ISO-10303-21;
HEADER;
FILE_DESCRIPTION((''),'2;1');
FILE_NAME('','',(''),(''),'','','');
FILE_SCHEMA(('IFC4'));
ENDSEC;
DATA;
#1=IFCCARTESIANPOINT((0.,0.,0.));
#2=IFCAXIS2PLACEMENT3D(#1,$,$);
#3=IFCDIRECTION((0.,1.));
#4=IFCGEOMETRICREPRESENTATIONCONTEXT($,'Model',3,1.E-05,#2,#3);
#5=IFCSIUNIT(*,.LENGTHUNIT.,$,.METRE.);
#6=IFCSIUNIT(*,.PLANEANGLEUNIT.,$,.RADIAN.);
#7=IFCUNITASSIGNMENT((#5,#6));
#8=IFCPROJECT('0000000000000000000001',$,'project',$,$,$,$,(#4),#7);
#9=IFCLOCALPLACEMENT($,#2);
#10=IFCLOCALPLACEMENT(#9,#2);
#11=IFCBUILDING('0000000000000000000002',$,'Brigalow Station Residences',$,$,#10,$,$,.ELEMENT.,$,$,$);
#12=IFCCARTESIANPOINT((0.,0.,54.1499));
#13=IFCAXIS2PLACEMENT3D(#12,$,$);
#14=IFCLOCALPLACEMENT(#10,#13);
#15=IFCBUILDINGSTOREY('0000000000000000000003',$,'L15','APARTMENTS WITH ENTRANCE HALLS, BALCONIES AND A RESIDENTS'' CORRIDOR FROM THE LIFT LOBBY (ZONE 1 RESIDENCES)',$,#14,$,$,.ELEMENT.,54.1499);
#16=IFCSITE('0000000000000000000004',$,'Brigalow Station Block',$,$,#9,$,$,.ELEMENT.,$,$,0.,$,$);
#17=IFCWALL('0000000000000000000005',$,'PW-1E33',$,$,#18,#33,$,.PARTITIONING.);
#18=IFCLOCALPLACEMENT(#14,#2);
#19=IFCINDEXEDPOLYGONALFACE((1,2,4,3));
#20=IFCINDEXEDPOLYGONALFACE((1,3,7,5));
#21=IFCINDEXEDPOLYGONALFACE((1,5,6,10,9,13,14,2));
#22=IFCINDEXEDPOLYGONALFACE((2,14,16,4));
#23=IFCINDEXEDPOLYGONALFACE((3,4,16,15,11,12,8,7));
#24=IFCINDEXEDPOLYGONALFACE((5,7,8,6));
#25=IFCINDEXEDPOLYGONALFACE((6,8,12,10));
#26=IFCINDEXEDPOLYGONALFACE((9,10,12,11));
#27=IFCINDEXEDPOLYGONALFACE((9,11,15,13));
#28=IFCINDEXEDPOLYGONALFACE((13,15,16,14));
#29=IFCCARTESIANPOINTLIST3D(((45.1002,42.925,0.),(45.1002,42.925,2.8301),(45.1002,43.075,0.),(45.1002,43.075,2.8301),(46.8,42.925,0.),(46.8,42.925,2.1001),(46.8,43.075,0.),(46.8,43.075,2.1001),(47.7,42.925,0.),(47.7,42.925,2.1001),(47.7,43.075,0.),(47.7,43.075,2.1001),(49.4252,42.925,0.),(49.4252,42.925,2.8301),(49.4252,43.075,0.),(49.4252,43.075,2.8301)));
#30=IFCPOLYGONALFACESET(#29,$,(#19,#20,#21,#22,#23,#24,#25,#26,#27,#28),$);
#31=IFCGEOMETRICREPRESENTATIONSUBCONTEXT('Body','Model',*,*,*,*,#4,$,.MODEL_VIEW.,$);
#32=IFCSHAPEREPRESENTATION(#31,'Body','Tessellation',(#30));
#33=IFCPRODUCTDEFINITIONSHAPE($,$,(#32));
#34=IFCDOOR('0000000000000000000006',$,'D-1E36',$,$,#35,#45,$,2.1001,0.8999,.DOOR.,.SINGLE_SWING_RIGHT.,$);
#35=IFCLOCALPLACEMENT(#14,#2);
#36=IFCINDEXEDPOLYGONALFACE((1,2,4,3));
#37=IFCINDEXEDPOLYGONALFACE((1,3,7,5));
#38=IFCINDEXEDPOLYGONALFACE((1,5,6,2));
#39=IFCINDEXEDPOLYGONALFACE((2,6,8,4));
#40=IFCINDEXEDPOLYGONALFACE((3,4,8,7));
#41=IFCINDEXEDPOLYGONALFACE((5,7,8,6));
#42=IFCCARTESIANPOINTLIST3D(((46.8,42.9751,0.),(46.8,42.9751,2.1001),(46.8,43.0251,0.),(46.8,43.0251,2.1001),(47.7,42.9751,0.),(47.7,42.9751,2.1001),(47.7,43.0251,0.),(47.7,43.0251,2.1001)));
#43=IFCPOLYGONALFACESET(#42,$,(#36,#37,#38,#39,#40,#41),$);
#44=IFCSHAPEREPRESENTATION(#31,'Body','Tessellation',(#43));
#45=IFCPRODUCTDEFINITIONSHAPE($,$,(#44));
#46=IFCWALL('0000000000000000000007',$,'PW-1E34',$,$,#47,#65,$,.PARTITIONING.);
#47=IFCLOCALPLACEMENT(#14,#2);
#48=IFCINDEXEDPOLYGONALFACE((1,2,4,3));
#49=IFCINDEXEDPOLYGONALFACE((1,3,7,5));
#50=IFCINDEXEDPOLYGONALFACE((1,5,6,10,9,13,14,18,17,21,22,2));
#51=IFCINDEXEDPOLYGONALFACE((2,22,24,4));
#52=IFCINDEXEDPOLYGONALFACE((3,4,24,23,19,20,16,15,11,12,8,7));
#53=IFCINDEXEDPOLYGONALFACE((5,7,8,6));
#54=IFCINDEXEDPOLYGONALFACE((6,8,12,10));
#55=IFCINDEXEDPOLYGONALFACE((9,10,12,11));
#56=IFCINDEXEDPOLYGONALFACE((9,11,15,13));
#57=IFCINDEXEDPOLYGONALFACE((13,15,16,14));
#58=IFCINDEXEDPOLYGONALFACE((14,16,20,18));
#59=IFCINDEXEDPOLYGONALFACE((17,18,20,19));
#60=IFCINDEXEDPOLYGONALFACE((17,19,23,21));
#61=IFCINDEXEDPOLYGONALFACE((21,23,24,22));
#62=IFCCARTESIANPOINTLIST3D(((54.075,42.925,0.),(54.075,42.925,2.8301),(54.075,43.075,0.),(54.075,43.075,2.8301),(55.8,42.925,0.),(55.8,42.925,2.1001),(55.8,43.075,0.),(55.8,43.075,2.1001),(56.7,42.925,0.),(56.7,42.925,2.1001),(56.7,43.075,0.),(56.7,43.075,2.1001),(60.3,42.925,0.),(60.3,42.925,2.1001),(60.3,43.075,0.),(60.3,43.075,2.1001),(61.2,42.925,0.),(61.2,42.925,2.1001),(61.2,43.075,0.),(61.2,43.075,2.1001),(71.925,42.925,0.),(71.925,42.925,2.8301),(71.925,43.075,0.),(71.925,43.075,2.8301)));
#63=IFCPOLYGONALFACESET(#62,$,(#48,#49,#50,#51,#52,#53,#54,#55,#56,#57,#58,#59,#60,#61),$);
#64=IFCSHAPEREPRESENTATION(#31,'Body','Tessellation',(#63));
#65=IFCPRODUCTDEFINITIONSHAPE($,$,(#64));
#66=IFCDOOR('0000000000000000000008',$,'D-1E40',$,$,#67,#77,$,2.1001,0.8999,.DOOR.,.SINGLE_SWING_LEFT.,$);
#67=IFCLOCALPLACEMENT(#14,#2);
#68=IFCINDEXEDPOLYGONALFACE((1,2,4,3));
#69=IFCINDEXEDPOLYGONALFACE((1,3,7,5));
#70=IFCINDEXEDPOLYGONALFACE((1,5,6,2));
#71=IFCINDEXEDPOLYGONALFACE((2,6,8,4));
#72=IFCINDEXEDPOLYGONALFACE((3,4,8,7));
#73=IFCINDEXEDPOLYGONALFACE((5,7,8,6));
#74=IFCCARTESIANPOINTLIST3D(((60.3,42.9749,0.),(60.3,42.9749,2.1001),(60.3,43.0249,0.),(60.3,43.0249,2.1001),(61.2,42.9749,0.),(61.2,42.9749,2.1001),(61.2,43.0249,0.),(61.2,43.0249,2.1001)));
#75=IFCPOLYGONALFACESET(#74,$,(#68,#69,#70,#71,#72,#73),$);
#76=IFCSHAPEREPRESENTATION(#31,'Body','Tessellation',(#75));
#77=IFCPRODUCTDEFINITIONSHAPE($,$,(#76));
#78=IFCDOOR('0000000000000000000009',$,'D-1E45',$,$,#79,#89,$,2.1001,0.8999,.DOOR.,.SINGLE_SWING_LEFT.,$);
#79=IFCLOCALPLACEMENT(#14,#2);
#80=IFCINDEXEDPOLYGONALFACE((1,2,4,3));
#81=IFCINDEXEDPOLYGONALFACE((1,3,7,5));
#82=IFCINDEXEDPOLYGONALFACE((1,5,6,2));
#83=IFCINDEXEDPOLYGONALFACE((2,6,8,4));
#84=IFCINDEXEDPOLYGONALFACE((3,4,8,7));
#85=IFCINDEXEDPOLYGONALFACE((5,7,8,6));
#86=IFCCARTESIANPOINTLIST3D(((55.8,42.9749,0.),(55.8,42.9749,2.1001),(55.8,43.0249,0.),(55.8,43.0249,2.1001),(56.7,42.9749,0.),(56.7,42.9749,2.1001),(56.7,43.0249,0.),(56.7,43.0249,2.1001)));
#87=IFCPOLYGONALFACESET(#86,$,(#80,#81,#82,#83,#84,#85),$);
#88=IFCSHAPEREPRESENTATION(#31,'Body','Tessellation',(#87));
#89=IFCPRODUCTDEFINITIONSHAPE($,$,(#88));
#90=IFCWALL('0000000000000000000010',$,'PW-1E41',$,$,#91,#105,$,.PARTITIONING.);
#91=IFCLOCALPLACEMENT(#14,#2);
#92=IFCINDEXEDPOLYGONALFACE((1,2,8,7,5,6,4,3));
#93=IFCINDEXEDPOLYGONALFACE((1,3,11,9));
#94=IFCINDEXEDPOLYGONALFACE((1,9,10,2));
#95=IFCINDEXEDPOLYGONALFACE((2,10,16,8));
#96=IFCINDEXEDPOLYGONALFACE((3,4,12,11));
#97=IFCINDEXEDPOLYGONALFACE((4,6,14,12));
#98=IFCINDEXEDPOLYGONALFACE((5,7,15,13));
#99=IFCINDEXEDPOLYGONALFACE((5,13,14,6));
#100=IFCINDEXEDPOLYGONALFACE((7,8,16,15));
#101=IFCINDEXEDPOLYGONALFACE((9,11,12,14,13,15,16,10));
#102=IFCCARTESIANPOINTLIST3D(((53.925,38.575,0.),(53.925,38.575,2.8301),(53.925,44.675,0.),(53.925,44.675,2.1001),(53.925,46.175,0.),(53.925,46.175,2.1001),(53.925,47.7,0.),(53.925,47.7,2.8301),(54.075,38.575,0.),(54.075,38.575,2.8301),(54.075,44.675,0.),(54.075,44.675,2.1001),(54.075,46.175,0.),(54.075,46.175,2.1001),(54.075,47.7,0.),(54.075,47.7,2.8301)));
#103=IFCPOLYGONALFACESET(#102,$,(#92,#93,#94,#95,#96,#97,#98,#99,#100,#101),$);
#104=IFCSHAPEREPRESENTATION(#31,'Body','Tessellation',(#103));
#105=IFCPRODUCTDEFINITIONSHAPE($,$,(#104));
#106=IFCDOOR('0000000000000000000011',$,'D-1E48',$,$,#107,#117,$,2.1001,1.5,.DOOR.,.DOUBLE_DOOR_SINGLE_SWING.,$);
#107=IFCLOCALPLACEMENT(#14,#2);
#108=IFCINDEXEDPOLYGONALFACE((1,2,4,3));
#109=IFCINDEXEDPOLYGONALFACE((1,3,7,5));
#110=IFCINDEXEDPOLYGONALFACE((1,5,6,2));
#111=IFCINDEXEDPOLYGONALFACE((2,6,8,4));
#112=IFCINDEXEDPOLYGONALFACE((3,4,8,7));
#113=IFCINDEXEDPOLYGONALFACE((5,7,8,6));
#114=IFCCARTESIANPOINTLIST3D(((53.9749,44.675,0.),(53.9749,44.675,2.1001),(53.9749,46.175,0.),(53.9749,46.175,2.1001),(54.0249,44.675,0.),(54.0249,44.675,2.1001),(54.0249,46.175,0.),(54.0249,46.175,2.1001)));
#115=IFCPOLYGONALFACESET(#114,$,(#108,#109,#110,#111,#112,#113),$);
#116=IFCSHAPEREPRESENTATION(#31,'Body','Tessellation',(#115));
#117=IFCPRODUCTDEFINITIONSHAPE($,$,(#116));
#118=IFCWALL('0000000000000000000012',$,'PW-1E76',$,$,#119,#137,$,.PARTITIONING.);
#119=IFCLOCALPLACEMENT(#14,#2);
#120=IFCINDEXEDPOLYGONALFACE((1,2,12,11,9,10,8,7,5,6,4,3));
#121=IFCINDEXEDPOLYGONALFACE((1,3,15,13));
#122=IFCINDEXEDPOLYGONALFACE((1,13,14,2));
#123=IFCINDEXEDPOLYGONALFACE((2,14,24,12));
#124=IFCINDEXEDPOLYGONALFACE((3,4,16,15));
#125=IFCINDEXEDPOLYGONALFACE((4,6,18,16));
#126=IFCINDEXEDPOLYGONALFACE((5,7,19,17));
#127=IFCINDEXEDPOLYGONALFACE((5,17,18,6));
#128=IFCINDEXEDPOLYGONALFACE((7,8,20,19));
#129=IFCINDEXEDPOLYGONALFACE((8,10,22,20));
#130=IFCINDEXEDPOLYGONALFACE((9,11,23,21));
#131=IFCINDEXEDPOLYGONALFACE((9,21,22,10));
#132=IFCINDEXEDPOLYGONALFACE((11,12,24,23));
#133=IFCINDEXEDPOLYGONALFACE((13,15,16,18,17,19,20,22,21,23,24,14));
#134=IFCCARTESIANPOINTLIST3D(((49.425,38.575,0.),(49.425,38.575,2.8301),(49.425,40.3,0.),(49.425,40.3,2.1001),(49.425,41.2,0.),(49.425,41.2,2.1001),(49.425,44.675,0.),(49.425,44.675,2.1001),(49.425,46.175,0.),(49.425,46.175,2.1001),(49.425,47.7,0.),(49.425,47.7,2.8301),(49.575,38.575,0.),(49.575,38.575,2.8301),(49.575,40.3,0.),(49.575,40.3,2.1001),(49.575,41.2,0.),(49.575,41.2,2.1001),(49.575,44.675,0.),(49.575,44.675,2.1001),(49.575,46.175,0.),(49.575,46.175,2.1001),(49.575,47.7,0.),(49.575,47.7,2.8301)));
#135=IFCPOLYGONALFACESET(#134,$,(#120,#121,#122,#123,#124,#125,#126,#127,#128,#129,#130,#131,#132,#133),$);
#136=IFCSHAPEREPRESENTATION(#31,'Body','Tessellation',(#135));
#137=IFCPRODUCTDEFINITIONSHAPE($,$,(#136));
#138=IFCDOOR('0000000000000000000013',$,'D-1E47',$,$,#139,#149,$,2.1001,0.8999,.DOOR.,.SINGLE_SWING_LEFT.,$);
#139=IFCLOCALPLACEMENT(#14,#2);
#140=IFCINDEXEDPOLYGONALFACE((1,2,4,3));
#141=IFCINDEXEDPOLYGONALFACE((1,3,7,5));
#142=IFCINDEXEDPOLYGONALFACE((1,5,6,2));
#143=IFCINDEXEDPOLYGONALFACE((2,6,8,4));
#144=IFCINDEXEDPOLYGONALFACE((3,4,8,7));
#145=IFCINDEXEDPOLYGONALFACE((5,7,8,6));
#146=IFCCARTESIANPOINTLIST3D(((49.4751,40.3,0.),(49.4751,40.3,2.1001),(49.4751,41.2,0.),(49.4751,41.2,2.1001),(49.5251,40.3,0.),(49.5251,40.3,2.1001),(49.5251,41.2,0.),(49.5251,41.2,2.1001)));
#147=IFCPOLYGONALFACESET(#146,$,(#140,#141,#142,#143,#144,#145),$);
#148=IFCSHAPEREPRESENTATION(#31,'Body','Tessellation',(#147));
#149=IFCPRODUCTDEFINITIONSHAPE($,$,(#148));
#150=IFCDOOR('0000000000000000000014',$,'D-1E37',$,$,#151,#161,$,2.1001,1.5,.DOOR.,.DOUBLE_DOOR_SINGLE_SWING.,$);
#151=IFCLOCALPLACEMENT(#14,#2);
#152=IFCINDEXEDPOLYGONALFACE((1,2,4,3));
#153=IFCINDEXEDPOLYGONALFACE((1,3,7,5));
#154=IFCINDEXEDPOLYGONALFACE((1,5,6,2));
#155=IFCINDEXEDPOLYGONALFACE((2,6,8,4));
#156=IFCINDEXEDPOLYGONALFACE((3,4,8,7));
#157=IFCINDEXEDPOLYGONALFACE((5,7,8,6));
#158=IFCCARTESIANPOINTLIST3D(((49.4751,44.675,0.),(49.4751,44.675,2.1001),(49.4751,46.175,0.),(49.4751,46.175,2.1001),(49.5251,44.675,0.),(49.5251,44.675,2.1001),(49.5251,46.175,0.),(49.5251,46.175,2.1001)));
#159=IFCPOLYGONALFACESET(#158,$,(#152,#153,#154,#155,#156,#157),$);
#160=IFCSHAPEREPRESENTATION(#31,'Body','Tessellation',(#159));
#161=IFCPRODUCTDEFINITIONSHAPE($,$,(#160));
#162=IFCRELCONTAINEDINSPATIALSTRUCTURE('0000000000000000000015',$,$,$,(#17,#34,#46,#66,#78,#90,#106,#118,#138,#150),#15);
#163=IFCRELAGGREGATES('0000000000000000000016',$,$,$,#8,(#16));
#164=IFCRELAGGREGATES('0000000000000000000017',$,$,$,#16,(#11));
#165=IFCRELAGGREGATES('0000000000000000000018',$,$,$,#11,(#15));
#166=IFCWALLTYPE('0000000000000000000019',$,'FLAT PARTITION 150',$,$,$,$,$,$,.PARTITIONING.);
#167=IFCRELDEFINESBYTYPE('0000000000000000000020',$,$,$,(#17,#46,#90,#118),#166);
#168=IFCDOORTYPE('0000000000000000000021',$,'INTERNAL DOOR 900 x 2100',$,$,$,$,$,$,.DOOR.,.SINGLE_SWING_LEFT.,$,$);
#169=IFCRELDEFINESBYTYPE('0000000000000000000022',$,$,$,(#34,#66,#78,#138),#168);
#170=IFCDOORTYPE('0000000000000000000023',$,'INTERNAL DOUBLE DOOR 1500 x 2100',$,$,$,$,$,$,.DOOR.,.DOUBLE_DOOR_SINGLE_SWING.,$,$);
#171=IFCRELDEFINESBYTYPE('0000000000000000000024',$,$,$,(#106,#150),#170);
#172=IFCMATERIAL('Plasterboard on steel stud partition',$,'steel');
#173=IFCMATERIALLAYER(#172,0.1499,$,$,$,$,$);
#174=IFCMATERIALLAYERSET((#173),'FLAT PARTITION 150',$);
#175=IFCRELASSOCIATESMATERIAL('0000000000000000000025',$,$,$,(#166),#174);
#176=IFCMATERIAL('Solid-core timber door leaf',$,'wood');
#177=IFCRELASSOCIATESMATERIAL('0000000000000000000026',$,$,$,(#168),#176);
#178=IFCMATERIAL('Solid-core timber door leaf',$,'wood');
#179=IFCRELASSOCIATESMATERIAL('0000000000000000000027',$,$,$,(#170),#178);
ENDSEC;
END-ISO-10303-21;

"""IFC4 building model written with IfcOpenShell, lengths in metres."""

from ifc_helpers import new_model, si_unit, direction, frame, frame_2d, origin, place, context, subcontext, project, spatial, rectangle, extrude, material, layer, layer_set, type_object, element, fill, save


model = new_model("IFC4")

# Units and contexts
model_context = context("Model", 3, precision=1e-05, world=origin(), true_north=direction((0.0, 1.0)))
body_context = subcontext(model_context, "Body", "Model", "MODEL_VIEW")
ifc_project = project(units=[si_unit("LENGTHUNIT", "METRE"), si_unit("PLANEANGLEUNIT", "RADIAN")], contexts=[model_context])

# Site, building, storey
site_placement = place(None, origin())
site = spatial("IfcSite", under=ifc_project, at=site_placement, Name="Brigalow Station Block", CompositionType="ELEMENT", RefElevation=0.0)
building_placement = place(site_placement, origin())
building = spatial("IfcBuilding", under=site, at=building_placement, Name="Brigalow Station Residences", CompositionType="ELEMENT")
storey_placement = place(building_placement, frame((0.0, 0.0, 54.1499)))
storey = spatial("IfcBuildingStorey", under=building, at=storey_placement, Name="L15", Description="APARTMENTS WITH ENTRANCE HALLS, BALCONIES AND A RESIDENTS' CORRIDOR FROM THE LIFT LOBBY (ZONE 1 RESIDENCES)", CompositionType="ELEMENT", Elevation=54.1499)

# Wall, opening, door
ifc_material_1 = material(Name="Plasterboard on steel stud partition", Category="steel")
ifc_layer_1 = layer(ifc_material_1, 0.1499)
ifc_layer_set_1 = layer_set([ifc_layer_1], Name="FLAT PARTITION 150")
wall_type_1 = type_object("IfcWallType", Name="FLAT PARTITION 150", PredefinedType="PARTITIONING", material=ifc_layer_set_1)
ifc_material_2 = material(Name="Solid-core timber door leaf", Category="wood")
door_type_1 = type_object("IfcDoorType", Name="INTERNAL DOOR 900 x 2100", OperationType="SINGLE_SWING_LEFT", PredefinedType="DOOR", material=ifc_material_2)
wall_1_placement = place(storey_placement, frame((45.1001, 43.0, 0.0), z_axis=(0.0, 0.0, 1.0), x_axis=(1.0, 0.0, 0.0)))
wall_1 = element("IfcWall", 1, at=wall_1_placement, inside=storey, type_object=wall_type_1, Name="PW-1E33", PredefinedType="PARTITIONING", context=body_context, shape_type="SweptSolid", body=[
    extrude(rectangle(XDim=4.325, YDim=0.1499, at=frame_2d((2.1626, 0.0))), origin(), (0.0, 0.0, 1.0), 2.8301),
])
opening_1_placement = place(wall_1_placement, frame((1.7, 0.0, 0.0)))
opening_1 = element("IfcOpeningElement", 2, at=opening_1_placement, cuts=wall_1, PredefinedType="OPENING", context=body_context, shape_type="SweptSolid", body=[
    extrude(rectangle(XDim=0.8999, YDim=2.1001, at=frame_2d((0.45, 1.05))), frame((0.0, 0.085, 0.0), z_axis=(0.0, -1.0, 0.0), x_axis=(1.0, 0.0, 0.0)), (0.0, 0.0, 1.0), 0.1699),
])
door_1_placement = place(opening_1_placement, frame((0.8999, 0.0, 0.0), z_axis=(0.0, 0.0, 1.0), x_axis=(-1.0, 0.0, 0.0)))
door_1 = element("IfcDoor", 3, at=door_1_placement, inside=storey, type_object=door_type_1, Name="D-1E36", OperationType="SINGLE_SWING_RIGHT", OverallHeight=2.1001, OverallWidth=0.8999, PredefinedType="DOOR", context=body_context, shape_type="SweptSolid", body=[
    extrude(rectangle(XDim=0.8999, YDim=2.1001, at=frame_2d((0.45, 1.05))), frame((0.0, 0.0249, 0.0), z_axis=(0.0, -1.0, 0.0), x_axis=(1.0, 0.0, 0.0)), (0.0, 0.0, 1.0), 0.05),
])
fill(opening_1, door_1)

# Wall, openings, doors
wall_2_placement = place(storey_placement, frame((54.075, 43.0, 0.0), z_axis=(0.0, 0.0, 1.0), x_axis=(1.0, 0.0, 0.0)))
wall_2 = element("IfcWall", 4, at=wall_2_placement, inside=storey, type_object=wall_type_1, Name="PW-1E34", PredefinedType="PARTITIONING", context=body_context, shape_type="SweptSolid", body=[
    extrude(rectangle(XDim=17.8501, YDim=0.1499, at=frame_2d((8.925, 0.0))), origin(), (0.0, 0.0, 1.0), 2.8301),
])
opening_2_placement = place(wall_2_placement, frame((6.2251, 0.0, 0.0)))
opening_2 = element("IfcOpeningElement", 5, at=opening_2_placement, cuts=wall_2, PredefinedType="OPENING", context=body_context, shape_type="SweptSolid", body=[
    extrude(rectangle(XDim=0.8999, YDim=2.1001, at=frame_2d((0.45, 1.05))), frame((0.0, 0.085, 0.0), z_axis=(0.0, -1.0, 0.0), x_axis=(1.0, 0.0, 0.0)), (0.0, 0.0, 1.0), 0.1699),
])
opening_3_placement = place(wall_2_placement, frame((1.7251, 0.0, 0.0)))
opening_3 = element("IfcOpeningElement", 6, at=opening_3_placement, cuts=wall_2, PredefinedType="OPENING", context=body_context, shape_type="SweptSolid", body=[
    extrude(rectangle(XDim=0.8999, YDim=2.1001, at=frame_2d((0.45, 1.05))), frame((0.0, 0.085, 0.0), z_axis=(0.0, -1.0, 0.0), x_axis=(1.0, 0.0, 0.0)), (0.0, 0.0, 1.0), 0.1699),
])
door_2_placement = place(opening_2_placement, origin())
door_2 = element("IfcDoor", 7, at=door_2_placement, inside=storey, type_object=door_type_1, Name="D-1E40", OperationType="SINGLE_SWING_LEFT", OverallHeight=2.1001, OverallWidth=0.8999, PredefinedType="DOOR", context=body_context, shape_type="SweptSolid", body=[
    extrude(rectangle(XDim=0.8999, YDim=2.1001, at=frame_2d((0.45, 1.05))), frame((0.0, 0.0249, 0.0), z_axis=(0.0, -1.0, 0.0), x_axis=(1.0, 0.0, 0.0)), (0.0, 0.0, 1.0), 0.05),
])
fill(opening_2, door_2)
door_3_placement = place(opening_3_placement, origin())
door_3 = element("IfcDoor", 8, at=door_3_placement, inside=storey, type_object=door_type_1, Name="D-1E45", OperationType="SINGLE_SWING_LEFT", OverallHeight=2.1001, OverallWidth=0.8999, PredefinedType="DOOR", context=body_context, shape_type="SweptSolid", body=[
    extrude(rectangle(XDim=0.8999, YDim=2.1001, at=frame_2d((0.45, 1.05))), frame((0.0, 0.0249, 0.0), z_axis=(0.0, -1.0, 0.0), x_axis=(1.0, 0.0, 0.0)), (0.0, 0.0, 1.0), 0.05),
])
fill(opening_3, door_3)

# Wall, opening, door
wall_3_placement = place(storey_placement, frame((54.0, 38.575, 0.0), z_axis=(0.0, 0.0, 1.0), x_axis=(0.0, 1.0, 0.0)))
wall_3 = element("IfcWall", 9, at=wall_3_placement, inside=storey, type_object=wall_type_1, Name="PW-1E41", PredefinedType="PARTITIONING", context=body_context, shape_type="SweptSolid", body=[
    extrude(rectangle(XDim=9.125, YDim=0.1499, at=frame_2d((4.5625, 0.0))), origin(), (0.0, 0.0, 1.0), 2.8301),
])
opening_4_placement = place(wall_3_placement, frame((6.1001, 0.0, 0.0)))
opening_4 = element("IfcOpeningElement", 10, at=opening_4_placement, cuts=wall_3, PredefinedType="OPENING", context=body_context, shape_type="SweptSolid", body=[
    extrude(rectangle(XDim=1.5, YDim=2.1001, at=frame_2d((0.75, 1.05))), frame((0.0, 0.085, 0.0), z_axis=(0.0, -1.0, 0.0), x_axis=(1.0, 0.0, 0.0)), (0.0, 0.0, 1.0), 0.1699),
])
ifc_material_3 = material(Name="Solid-core timber door leaf", Category="wood")
door_type_2 = type_object("IfcDoorType", Name="INTERNAL DOUBLE DOOR 1500 x 2100", OperationType="DOUBLE_DOOR_SINGLE_SWING", PredefinedType="DOOR", material=ifc_material_3)
door_4_placement = place(opening_4_placement, frame((1.5, 0.0, 0.0), z_axis=(0.0, 0.0, 1.0), x_axis=(-1.0, 0.0, 0.0)))
door_4 = element("IfcDoor", 11, at=door_4_placement, inside=storey, type_object=door_type_2, Name="D-1E48", OperationType="DOUBLE_DOOR_SINGLE_SWING", OverallHeight=2.1001, OverallWidth=1.5, PredefinedType="DOOR", context=body_context, shape_type="SweptSolid", body=[
    extrude(rectangle(XDim=1.5, YDim=2.1001, at=frame_2d((0.75, 1.05))), frame((0.0, 0.0249, 0.0), z_axis=(0.0, -1.0, 0.0), x_axis=(1.0, 0.0, 0.0)), (0.0, 0.0, 1.0), 0.05),
])
fill(opening_4, door_4)

# Wall, openings, doors
wall_4_placement = place(storey_placement, frame((49.5, 38.575, 0.0), z_axis=(0.0, 0.0, 1.0), x_axis=(0.0, 1.0, 0.0)))
wall_4 = element("IfcWall", 12, at=wall_4_placement, inside=storey, type_object=wall_type_1, Name="PW-1E76", PredefinedType="PARTITIONING", context=body_context, shape_type="SweptSolid", body=[
    extrude(rectangle(XDim=9.125, YDim=0.1499, at=frame_2d((4.5625, 0.0))), origin(), (0.0, 0.0, 1.0), 2.8301),
])
opening_5_placement = place(wall_4_placement, frame((6.1001, 0.0, 0.0)))
opening_5 = element("IfcOpeningElement", 13, at=opening_5_placement, cuts=wall_4, PredefinedType="OPENING", context=body_context, shape_type="SweptSolid", body=[
    extrude(rectangle(XDim=1.5, YDim=2.1001, at=frame_2d((0.75, 1.05))), frame((0.0, 0.085, 0.0), z_axis=(0.0, -1.0, 0.0), x_axis=(1.0, 0.0, 0.0)), (0.0, 0.0, 1.0), 0.1699),
])
opening_6_placement = place(wall_4_placement, frame((1.7251, 0.0, 0.0)))
opening_6 = element("IfcOpeningElement", 14, at=opening_6_placement, cuts=wall_4, PredefinedType="OPENING", context=body_context, shape_type="SweptSolid", body=[
    extrude(rectangle(XDim=0.8999, YDim=2.1001, at=frame_2d((0.45, 1.05))), frame((0.0, 0.085, 0.0), z_axis=(0.0, -1.0, 0.0), x_axis=(1.0, 0.0, 0.0)), (0.0, 0.0, 1.0), 0.1699),
])
door_5_placement = place(opening_6_placement, origin())
door_5 = element("IfcDoor", 15, at=door_5_placement, inside=storey, type_object=door_type_1, Name="D-1E47", OperationType="SINGLE_SWING_LEFT", OverallHeight=2.1001, OverallWidth=0.8999, PredefinedType="DOOR", context=body_context, shape_type="SweptSolid", body=[
    extrude(rectangle(XDim=0.8999, YDim=2.1001, at=frame_2d((0.45, 1.05))), frame((0.0, 0.0249, 0.0), z_axis=(0.0, -1.0, 0.0), x_axis=(1.0, 0.0, 0.0)), (0.0, 0.0, 1.0), 0.05),
])
fill(opening_6, door_5)
door_6_placement = place(opening_5_placement, origin())
door_6 = element("IfcDoor", 16, at=door_6_placement, inside=storey, type_object=door_type_2, Name="D-1E37", OperationType="DOUBLE_DOOR_SINGLE_SWING", OverallHeight=2.1001, OverallWidth=1.5, PredefinedType="DOOR", context=body_context, shape_type="SweptSolid", body=[
    extrude(rectangle(XDim=1.5, YDim=2.1001, at=frame_2d((0.75, 1.05))), frame((0.0, 0.0249, 0.0), z_axis=(0.0, -1.0, 0.0), x_axis=(1.0, 0.0, 0.0)), (0.0, 0.0, 1.0), 0.05),
])
fill(opening_5, door_6)

save(model, "model.ifc")
